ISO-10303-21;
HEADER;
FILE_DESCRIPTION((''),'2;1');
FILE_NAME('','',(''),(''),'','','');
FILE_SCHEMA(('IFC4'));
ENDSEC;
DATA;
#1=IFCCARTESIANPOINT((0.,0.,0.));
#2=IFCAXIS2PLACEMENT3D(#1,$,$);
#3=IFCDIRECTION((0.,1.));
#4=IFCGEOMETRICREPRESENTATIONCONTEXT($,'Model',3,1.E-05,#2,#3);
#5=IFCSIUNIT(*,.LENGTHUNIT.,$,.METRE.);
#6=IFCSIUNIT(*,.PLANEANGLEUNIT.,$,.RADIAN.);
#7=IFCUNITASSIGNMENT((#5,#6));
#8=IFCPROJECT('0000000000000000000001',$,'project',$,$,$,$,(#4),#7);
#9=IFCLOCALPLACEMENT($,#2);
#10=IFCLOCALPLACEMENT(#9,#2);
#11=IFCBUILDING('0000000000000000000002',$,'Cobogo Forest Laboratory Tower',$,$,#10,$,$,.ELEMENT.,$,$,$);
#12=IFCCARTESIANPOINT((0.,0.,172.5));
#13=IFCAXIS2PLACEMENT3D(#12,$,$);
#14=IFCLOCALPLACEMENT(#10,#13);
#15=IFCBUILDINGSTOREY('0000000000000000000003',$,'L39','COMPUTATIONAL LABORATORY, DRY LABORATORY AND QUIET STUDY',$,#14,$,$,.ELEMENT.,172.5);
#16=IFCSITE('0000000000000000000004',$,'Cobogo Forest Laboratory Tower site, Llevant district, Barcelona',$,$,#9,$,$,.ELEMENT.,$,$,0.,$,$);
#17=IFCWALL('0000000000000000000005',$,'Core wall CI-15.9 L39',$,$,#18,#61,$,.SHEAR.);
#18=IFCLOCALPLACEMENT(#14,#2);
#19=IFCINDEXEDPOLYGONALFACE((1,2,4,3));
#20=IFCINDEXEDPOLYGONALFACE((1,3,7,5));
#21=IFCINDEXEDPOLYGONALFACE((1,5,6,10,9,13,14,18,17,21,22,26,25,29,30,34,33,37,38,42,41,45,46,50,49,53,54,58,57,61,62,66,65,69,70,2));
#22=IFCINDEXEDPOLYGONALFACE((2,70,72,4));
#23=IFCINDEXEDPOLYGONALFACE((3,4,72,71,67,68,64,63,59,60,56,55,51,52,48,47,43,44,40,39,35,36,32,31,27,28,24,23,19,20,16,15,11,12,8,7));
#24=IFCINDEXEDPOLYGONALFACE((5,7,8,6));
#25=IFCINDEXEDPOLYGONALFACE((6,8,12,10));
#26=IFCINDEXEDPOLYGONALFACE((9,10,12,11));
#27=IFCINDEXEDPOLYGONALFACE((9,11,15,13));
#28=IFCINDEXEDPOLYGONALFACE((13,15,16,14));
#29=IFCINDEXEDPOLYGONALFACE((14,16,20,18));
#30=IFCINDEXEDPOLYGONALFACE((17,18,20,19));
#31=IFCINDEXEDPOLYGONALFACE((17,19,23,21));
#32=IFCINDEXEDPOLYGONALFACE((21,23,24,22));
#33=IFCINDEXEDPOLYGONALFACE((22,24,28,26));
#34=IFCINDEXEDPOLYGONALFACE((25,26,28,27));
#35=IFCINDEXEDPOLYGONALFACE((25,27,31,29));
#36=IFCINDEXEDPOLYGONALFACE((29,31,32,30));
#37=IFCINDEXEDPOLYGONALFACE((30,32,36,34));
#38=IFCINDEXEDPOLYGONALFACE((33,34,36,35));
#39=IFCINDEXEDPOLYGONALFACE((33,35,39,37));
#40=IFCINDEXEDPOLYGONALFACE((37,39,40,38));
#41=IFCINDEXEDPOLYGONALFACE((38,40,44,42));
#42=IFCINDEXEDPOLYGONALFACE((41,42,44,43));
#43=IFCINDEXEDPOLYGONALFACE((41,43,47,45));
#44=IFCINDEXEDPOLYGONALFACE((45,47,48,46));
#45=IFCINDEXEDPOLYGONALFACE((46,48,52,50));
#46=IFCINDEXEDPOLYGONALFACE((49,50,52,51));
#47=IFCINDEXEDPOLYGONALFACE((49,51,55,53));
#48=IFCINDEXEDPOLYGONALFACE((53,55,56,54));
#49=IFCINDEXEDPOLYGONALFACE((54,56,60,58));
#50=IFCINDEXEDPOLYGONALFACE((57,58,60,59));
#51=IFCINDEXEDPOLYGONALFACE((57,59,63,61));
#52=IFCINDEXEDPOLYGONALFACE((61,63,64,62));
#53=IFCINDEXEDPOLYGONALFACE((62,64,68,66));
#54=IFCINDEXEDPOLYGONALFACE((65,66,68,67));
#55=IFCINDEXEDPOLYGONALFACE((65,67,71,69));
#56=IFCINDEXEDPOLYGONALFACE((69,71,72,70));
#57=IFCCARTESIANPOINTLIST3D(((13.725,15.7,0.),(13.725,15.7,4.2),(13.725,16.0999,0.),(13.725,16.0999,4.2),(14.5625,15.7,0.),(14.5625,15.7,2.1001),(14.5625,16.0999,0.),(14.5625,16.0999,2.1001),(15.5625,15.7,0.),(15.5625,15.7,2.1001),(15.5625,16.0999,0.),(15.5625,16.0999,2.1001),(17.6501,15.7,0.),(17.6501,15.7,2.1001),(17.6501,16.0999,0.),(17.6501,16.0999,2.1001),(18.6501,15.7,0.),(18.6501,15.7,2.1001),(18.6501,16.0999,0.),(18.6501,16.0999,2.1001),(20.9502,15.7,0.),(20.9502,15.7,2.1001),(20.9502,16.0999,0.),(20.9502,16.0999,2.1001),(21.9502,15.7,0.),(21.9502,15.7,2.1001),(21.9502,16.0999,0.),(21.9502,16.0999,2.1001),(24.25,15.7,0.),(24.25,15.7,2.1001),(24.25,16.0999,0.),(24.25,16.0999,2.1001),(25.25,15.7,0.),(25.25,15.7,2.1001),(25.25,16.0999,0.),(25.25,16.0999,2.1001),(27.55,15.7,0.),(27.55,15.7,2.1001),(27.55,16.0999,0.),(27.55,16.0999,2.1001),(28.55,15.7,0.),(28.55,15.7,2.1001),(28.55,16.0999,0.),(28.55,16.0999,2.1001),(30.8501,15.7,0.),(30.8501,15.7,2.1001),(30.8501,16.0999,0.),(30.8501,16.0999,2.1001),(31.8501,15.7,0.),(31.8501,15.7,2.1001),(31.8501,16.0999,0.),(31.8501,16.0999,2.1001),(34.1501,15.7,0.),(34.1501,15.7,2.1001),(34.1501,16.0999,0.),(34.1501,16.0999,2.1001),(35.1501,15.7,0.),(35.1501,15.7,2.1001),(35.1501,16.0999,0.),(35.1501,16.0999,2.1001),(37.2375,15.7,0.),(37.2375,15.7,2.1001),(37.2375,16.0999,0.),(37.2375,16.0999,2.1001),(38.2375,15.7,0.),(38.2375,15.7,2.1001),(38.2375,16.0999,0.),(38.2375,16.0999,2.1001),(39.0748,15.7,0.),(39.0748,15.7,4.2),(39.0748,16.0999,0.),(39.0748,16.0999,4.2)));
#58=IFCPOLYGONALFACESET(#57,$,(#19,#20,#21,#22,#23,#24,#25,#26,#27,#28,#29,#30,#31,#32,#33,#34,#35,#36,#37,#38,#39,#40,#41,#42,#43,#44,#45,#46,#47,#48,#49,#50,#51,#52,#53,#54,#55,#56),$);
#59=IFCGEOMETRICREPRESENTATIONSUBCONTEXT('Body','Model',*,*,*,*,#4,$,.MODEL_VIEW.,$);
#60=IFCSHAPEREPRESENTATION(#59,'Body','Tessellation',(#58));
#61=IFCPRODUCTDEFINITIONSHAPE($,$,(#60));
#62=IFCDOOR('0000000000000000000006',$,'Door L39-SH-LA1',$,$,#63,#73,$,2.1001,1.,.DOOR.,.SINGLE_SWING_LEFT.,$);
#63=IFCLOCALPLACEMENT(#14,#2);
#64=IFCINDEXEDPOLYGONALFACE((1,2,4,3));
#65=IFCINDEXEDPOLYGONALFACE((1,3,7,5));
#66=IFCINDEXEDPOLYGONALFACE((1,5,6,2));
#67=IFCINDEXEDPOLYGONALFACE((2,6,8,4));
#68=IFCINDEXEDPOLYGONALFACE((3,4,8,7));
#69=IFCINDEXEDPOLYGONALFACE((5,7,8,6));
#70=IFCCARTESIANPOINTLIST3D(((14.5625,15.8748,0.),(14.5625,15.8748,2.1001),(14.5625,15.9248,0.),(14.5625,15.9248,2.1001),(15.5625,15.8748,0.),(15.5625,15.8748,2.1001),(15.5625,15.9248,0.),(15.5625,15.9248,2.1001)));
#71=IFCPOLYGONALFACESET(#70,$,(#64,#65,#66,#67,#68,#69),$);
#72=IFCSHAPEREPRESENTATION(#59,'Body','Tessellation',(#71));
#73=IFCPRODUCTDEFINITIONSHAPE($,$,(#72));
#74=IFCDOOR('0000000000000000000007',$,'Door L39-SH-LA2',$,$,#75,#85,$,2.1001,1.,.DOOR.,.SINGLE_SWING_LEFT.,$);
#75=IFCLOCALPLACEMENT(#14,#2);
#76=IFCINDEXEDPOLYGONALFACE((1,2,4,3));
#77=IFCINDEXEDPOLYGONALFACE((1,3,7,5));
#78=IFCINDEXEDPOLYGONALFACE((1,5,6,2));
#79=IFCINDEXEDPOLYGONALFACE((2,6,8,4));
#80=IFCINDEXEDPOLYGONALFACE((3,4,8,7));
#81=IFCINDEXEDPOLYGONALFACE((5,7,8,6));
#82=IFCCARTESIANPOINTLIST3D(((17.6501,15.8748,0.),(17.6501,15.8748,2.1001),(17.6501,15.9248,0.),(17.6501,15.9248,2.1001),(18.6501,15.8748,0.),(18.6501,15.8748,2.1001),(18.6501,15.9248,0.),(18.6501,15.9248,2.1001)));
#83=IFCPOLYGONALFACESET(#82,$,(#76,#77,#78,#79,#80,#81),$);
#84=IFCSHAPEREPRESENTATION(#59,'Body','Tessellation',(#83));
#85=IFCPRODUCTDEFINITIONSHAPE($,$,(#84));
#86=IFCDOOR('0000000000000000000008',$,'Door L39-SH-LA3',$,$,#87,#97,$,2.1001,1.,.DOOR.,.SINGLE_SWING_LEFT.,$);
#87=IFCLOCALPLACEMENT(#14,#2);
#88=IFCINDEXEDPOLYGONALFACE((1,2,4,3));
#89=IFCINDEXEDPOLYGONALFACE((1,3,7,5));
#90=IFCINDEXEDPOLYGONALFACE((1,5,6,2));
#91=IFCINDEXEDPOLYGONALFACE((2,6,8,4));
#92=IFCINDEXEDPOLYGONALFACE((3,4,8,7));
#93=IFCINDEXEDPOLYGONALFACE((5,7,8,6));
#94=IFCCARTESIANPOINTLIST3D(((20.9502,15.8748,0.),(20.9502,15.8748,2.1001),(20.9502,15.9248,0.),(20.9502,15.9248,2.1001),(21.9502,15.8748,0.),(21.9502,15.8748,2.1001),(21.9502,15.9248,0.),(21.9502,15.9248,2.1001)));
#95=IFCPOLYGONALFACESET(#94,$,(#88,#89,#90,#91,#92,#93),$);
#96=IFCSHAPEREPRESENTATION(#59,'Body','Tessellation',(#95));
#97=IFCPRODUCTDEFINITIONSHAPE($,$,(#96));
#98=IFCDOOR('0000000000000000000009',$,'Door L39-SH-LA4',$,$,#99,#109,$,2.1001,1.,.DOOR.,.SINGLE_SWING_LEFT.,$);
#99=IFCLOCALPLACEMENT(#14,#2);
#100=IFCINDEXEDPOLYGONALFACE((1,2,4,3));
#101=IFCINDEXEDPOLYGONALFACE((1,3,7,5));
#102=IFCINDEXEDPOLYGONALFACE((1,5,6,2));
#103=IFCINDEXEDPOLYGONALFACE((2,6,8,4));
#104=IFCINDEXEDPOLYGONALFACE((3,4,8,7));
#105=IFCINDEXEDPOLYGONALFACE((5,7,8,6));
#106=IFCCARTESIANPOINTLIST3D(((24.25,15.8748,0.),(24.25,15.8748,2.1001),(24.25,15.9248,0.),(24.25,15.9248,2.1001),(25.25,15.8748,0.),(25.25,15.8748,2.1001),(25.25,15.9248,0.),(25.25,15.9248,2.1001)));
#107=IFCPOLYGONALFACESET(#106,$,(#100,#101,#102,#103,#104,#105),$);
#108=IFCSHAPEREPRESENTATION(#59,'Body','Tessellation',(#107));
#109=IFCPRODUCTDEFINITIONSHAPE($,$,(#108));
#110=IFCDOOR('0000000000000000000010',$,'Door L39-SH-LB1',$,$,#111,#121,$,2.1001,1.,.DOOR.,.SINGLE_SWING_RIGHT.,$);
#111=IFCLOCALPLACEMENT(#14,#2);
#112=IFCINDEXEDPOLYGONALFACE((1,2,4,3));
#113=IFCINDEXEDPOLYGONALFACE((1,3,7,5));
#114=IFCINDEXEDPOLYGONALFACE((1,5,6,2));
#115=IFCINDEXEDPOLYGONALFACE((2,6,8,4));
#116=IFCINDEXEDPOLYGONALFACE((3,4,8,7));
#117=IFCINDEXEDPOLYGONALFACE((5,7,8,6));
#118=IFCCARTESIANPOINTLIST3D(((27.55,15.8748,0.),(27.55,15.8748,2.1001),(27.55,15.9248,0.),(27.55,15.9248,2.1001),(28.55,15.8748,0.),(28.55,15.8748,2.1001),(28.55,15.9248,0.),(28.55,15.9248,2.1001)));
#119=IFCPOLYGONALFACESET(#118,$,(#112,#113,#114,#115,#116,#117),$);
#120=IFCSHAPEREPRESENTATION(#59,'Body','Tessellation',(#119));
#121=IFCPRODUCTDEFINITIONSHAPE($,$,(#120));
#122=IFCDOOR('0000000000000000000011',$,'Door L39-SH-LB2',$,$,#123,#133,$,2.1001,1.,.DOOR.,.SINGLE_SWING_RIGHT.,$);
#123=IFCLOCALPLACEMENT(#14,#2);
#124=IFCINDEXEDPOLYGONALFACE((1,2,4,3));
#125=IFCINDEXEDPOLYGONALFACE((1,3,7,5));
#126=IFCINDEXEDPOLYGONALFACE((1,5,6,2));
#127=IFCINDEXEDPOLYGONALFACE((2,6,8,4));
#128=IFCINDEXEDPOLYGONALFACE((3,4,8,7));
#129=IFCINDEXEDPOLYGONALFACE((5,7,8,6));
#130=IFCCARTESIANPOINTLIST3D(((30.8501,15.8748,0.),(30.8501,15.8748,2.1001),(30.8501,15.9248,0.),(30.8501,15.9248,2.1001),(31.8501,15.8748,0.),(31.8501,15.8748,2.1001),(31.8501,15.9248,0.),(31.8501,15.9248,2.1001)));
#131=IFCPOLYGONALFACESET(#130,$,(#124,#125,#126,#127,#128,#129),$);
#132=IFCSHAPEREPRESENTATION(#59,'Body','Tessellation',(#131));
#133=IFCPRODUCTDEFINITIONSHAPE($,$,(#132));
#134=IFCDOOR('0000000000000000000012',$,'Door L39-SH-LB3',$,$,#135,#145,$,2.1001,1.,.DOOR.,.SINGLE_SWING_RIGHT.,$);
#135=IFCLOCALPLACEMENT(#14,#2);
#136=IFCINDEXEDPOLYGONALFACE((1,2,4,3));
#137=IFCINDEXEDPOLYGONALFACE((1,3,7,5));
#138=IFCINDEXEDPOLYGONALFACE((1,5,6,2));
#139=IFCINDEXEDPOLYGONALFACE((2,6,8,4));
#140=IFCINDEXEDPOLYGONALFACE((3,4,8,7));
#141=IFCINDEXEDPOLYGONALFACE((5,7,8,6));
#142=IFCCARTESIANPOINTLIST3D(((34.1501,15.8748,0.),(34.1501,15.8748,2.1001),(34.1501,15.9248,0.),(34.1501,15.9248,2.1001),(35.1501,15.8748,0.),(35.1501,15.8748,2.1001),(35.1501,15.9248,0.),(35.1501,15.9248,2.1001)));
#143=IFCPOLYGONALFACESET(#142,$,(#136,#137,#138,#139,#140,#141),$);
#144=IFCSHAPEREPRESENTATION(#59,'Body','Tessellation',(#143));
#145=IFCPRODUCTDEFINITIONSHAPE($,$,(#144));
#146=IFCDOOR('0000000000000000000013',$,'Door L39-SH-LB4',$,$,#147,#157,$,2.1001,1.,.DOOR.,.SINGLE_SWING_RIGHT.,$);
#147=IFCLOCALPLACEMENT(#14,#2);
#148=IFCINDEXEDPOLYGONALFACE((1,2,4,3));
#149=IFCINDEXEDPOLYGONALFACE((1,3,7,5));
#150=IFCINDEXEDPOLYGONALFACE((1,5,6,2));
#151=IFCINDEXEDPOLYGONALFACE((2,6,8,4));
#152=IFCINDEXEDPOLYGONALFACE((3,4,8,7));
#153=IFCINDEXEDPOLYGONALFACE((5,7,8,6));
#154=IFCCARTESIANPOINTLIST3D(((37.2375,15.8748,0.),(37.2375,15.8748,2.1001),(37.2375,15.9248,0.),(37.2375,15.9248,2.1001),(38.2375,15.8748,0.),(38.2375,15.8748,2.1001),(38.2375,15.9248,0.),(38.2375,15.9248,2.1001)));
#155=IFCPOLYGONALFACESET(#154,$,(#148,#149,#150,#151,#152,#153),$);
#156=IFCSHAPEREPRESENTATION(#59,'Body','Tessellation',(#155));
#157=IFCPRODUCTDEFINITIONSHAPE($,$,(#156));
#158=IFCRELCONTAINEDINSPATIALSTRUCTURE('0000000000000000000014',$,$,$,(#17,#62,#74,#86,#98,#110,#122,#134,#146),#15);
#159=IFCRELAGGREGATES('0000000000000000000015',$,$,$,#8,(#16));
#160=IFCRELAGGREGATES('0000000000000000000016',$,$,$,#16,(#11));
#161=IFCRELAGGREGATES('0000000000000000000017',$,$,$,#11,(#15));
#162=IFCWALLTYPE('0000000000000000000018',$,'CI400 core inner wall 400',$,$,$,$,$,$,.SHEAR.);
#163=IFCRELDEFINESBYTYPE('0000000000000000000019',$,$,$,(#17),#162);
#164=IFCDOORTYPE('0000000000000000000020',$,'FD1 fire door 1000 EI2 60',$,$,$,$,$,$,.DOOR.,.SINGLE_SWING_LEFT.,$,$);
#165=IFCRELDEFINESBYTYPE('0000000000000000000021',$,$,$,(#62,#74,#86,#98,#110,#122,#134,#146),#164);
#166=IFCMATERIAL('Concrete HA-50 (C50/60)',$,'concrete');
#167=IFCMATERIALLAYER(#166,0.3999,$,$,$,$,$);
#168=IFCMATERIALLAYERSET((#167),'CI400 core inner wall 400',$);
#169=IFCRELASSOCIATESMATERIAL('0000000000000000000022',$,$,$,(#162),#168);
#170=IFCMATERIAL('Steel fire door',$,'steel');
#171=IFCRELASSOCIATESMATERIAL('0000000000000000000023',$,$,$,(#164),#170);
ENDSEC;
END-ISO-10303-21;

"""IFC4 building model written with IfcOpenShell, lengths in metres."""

from ifc_helpers import new_model, si_unit, direction, frame, frame_2d, origin, place, context, subcontext, project, spatial, rectangle, extrude, material, layer, layer_set, type_object, element, fill, save


model = new_model("IFC4")

# Units and contexts
model_context = context("Model", 3, precision=1e-05, world=origin(), true_north=direction((0.0, 1.0)))
body_context = subcontext(model_context, "Body", "Model", "MODEL_VIEW")
ifc_project = project(units=[si_unit("LENGTHUNIT", "METRE"), si_unit("PLANEANGLEUNIT", "RADIAN")], contexts=[model_context])

# Site, building, storey
site_placement = place(None, origin())
site = spatial("IfcSite", under=ifc_project, at=site_placement, Name="Cobogo Forest Laboratory Tower site, Llevant district, Barcelona", CompositionType="ELEMENT", RefElevation=0.0)
building_placement = place(site_placement, origin())
building = spatial("IfcBuilding", under=site, at=building_placement, Name="Cobogo Forest Laboratory Tower", CompositionType="ELEMENT")
storey_placement = place(building_placement, frame((0.0, 0.0, 172.5)))
storey = spatial("IfcBuildingStorey", under=building, at=storey_placement, Name="L39", Description="COMPUTATIONAL LABORATORY, DRY LABORATORY AND QUIET STUDY", CompositionType="ELEMENT", Elevation=172.5)

# Shared definitions
ifc_material_1 = material(Name="Concrete HA-50 (C50/60)", Category="concrete")

# Wall, openings, doors
ifc_layer_1 = layer(ifc_material_1, 0.3999)
ifc_layer_set_1 = layer_set([ifc_layer_1], Name="CI400 core inner wall 400")
wall_type_1 = type_object("IfcWallType", Name="CI400 core inner wall 400", PredefinedType="SHEAR", material=ifc_layer_set_1)
wall_1_placement = place(storey_placement, frame((13.7251, 15.8999, 0.0), z_axis=(0.0, 0.0, 1.0), x_axis=(1.0, 0.0, 0.0)))
wall_1 = element("IfcWall", 1, at=wall_1_placement, inside=storey, type_object=wall_type_1, Name="Core wall CI-15.9 L39", PredefinedType="SHEAR", context=body_context, shape_type="SweptSolid", body=[
    extrude(rectangle(XDim=25.3499, YDim=0.3999, at=frame_2d((12.6748, 0.0))), origin(), (0.0, 0.0, 1.0), 4.2),
])
opening_1_placement = place(wall_1_placement, frame((0.8374, 0.0, 0.0)))
opening_1 = element("IfcOpeningElement", 2, at=opening_1_placement, cuts=wall_1, PredefinedType="OPENING", context=body_context, shape_type="SweptSolid", body=[
    extrude(rectangle(XDim=1.0, YDim=2.1001, at=frame_2d((0.5, 1.05))), frame((0.0, 0.21, 0.0), z_axis=(0.0, -1.0, 0.0), x_axis=(1.0, 0.0, 0.0)), (0.0, 0.0, 1.0), 0.4199),
])
opening_2_placement = place(wall_1_placement, frame((3.925, 0.0, 0.0)))
opening_2 = element("IfcOpeningElement", 3, at=opening_2_placement, cuts=wall_1, PredefinedType="OPENING", context=body_context, shape_type="SweptSolid", body=[
    extrude(rectangle(XDim=1.0, YDim=2.1001, at=frame_2d((0.5, 1.05))), frame((0.0, 0.21, 0.0), z_axis=(0.0, -1.0, 0.0), x_axis=(1.0, 0.0, 0.0)), (0.0, 0.0, 1.0), 0.4199),
])
opening_3_placement = place(wall_1_placement, frame((7.2251, 0.0, 0.0)))
opening_3 = element("IfcOpeningElement", 4, at=opening_3_placement, cuts=wall_1, PredefinedType="OPENING", context=body_context, shape_type="SweptSolid", body=[
    extrude(rectangle(XDim=1.0, YDim=2.1001, at=frame_2d((0.5, 1.05))), frame((0.0, 0.21, 0.0), z_axis=(0.0, -1.0, 0.0), x_axis=(1.0, 0.0, 0.0)), (0.0, 0.0, 1.0), 0.4199),
])
opening_4_placement = place(wall_1_placement, frame((10.5249, 0.0, 0.0)))
opening_4 = element("IfcOpeningElement", 5, at=opening_4_placement, cuts=wall_1, PredefinedType="OPENING", context=body_context, shape_type="SweptSolid", body=[
    extrude(rectangle(XDim=1.0, YDim=2.1001, at=frame_2d((0.5, 1.05))), frame((0.0, 0.21, 0.0), z_axis=(0.0, -1.0, 0.0), x_axis=(1.0, 0.0, 0.0)), (0.0, 0.0, 1.0), 0.4199),
])
opening_5_placement = place(wall_1_placement, frame((13.825, 0.0, 0.0)))
opening_5 = element("IfcOpeningElement", 6, at=opening_5_placement, cuts=wall_1, PredefinedType="OPENING", context=body_context, shape_type="SweptSolid", body=[
    extrude(rectangle(XDim=1.0, YDim=2.1001, at=frame_2d((0.5, 1.05))), frame((0.0, 0.21, 0.0), z_axis=(0.0, -1.0, 0.0), x_axis=(1.0, 0.0, 0.0)), (0.0, 0.0, 1.0), 0.4199),
])
opening_6_placement = place(wall_1_placement, frame((17.125, 0.0, 0.0)))
opening_6 = element("IfcOpeningElement", 7, at=opening_6_placement, cuts=wall_1, PredefinedType="OPENING", context=body_context, shape_type="SweptSolid", body=[
    extrude(rectangle(XDim=1.0, YDim=2.1001, at=frame_2d((0.5, 1.05))), frame((0.0, 0.21, 0.0), z_axis=(0.0, -1.0, 0.0), x_axis=(1.0, 0.0, 0.0)), (0.0, 0.0, 1.0), 0.4199),
])
opening_7_placement = place(wall_1_placement, frame((20.425, 0.0, 0.0)))
opening_7 = element("IfcOpeningElement", 8, at=opening_7_placement, cuts=wall_1, PredefinedType="OPENING", context=body_context, shape_type="SweptSolid", body=[
    extrude(rectangle(XDim=1.0, YDim=2.1001, at=frame_2d((0.5, 1.05))), frame((0.0, 0.21, 0.0), z_axis=(0.0, -1.0, 0.0), x_axis=(1.0, 0.0, 0.0)), (0.0, 0.0, 1.0), 0.4199),
])
opening_8_placement = place(wall_1_placement, frame((23.5125, 0.0, 0.0)))
opening_8 = element("IfcOpeningElement", 9, at=opening_8_placement, cuts=wall_1, PredefinedType="OPENING", context=body_context, shape_type="SweptSolid", body=[
    extrude(rectangle(XDim=1.0, YDim=2.1001, at=frame_2d((0.5, 1.05))), frame((0.0, 0.21, 0.0), z_axis=(0.0, -1.0, 0.0), x_axis=(1.0, 0.0, 0.0)), (0.0, 0.0, 1.0), 0.4199),
])
ifc_material_2 = material(Name="Steel fire door", Category="steel")
door_type = type_object("IfcDoorType", Name="FD1 fire door 1000 EI2 60", OperationType="SINGLE_SWING_LEFT", PredefinedType="DOOR", material=ifc_material_2)
door_1_placement = place(opening_1_placement, origin())
door_1 = element("IfcDoor", 10, at=door_1_placement, inside=storey, type_object=door_type, Name="Door L39-SH-LA1", OperationType="SINGLE_SWING_LEFT", OverallHeight=2.1001, OverallWidth=1.0, PredefinedType="DOOR", context=body_context, shape_type="SweptSolid", body=[
    extrude(rectangle(XDim=1.0, YDim=2.1001, at=frame_2d((0.5, 1.05))), frame((0.0, 0.0249, 0.0), z_axis=(0.0, -1.0, 0.0), x_axis=(1.0, 0.0, 0.0)), (0.0, 0.0, 1.0), 0.05),
])
fill(opening_1, door_1)
door_2_placement = place(opening_2_placement, origin())
door_2 = element("IfcDoor", 11, at=door_2_placement, inside=storey, type_object=door_type, Name="Door L39-SH-LA2", OperationType="SINGLE_SWING_LEFT", OverallHeight=2.1001, OverallWidth=1.0, PredefinedType="DOOR", context=body_context, shape_type="SweptSolid", body=[
    extrude(rectangle(XDim=1.0, YDim=2.1001, at=frame_2d((0.5, 1.05))), frame((0.0, 0.0249, 0.0), z_axis=(0.0, -1.0, 0.0), x_axis=(1.0, 0.0, 0.0)), (0.0, 0.0, 1.0), 0.05),
])
fill(opening_2, door_2)
door_3_placement = place(opening_3_placement, origin())
door_3 = element("IfcDoor", 12, at=door_3_placement, inside=storey, type_object=door_type, Name="Door L39-SH-LA3", OperationType="SINGLE_SWING_LEFT", OverallHeight=2.1001, OverallWidth=1.0, PredefinedType="DOOR", context=body_context, shape_type="SweptSolid", body=[
    extrude(rectangle(XDim=1.0, YDim=2.1001, at=frame_2d((0.5, 1.05))), frame((0.0, 0.0249, 0.0), z_axis=(0.0, -1.0, 0.0), x_axis=(1.0, 0.0, 0.0)), (0.0, 0.0, 1.0), 0.05),
])
fill(opening_3, door_3)
door_4_placement = place(opening_4_placement, origin())
door_4 = element("IfcDoor", 13, at=door_4_placement, inside=storey, type_object=door_type, Name="Door L39-SH-LA4", OperationType="SINGLE_SWING_LEFT", OverallHeight=2.1001, OverallWidth=1.0, PredefinedType="DOOR", context=body_context, shape_type="SweptSolid", body=[
    extrude(rectangle(XDim=1.0, YDim=2.1001, at=frame_2d((0.5, 1.05))), frame((0.0, 0.0249, 0.0), z_axis=(0.0, -1.0, 0.0), x_axis=(1.0, 0.0, 0.0)), (0.0, 0.0, 1.0), 0.05),
])
fill(opening_4, door_4)
door_5_placement = place(opening_5_placement, origin())
door_5 = element("IfcDoor", 14, at=door_5_placement, inside=storey, type_object=door_type, Name="Door L39-SH-LB1", OperationType="SINGLE_SWING_RIGHT", OverallHeight=2.1001, OverallWidth=1.0, PredefinedType="DOOR", context=body_context, shape_type="SweptSolid", body=[
    extrude(rectangle(XDim=1.0, YDim=2.1001, at=frame_2d((0.5, 1.05))), frame((0.0, 0.0249, 0.0), z_axis=(0.0, -1.0, 0.0), x_axis=(1.0, 0.0, 0.0)), (0.0, 0.0, 1.0), 0.05),
])
fill(opening_5, door_5)
door_6_placement = place(opening_6_placement, origin())
door_6 = element("IfcDoor", 15, at=door_6_placement, inside=storey, type_object=door_type, Name="Door L39-SH-LB2", OperationType="SINGLE_SWING_RIGHT", OverallHeight=2.1001, OverallWidth=1.0, PredefinedType="DOOR", context=body_context, shape_type="SweptSolid", body=[
    extrude(rectangle(XDim=1.0, YDim=2.1001, at=frame_2d((0.5, 1.05))), frame((0.0, 0.0249, 0.0), z_axis=(0.0, -1.0, 0.0), x_axis=(1.0, 0.0, 0.0)), (0.0, 0.0, 1.0), 0.05),
])
fill(opening_6, door_6)
door_7_placement = place(opening_7_placement, origin())
door_7 = element("IfcDoor", 16, at=door_7_placement, inside=storey, type_object=door_type, Name="Door L39-SH-LB3", OperationType="SINGLE_SWING_RIGHT", OverallHeight=2.1001, OverallWidth=1.0, PredefinedType="DOOR", context=body_context, shape_type="SweptSolid", body=[
    extrude(rectangle(XDim=1.0, YDim=2.1001, at=frame_2d((0.5, 1.05))), frame((0.0, 0.0249, 0.0), z_axis=(0.0, -1.0, 0.0), x_axis=(1.0, 0.0, 0.0)), (0.0, 0.0, 1.0), 0.05),
])
fill(opening_7, door_7)
door_8_placement = place(opening_8_placement, origin())
door_8 = element("IfcDoor", 17, at=door_8_placement, inside=storey, type_object=door_type, Name="Door L39-SH-LB4", OperationType="SINGLE_SWING_RIGHT", OverallHeight=2.1001, OverallWidth=1.0, PredefinedType="DOOR", context=body_context, shape_type="SweptSolid", body=[
    extrude(rectangle(XDim=1.0, YDim=2.1001, at=frame_2d((0.5, 1.05))), frame((0.0, 0.0249, 0.0), z_axis=(0.0, -1.0, 0.0), x_axis=(1.0, 0.0, 0.0)), (0.0, 0.0, 1.0), 0.05),
])
fill(opening_8, door_8)

save(model, "model.ifc")
